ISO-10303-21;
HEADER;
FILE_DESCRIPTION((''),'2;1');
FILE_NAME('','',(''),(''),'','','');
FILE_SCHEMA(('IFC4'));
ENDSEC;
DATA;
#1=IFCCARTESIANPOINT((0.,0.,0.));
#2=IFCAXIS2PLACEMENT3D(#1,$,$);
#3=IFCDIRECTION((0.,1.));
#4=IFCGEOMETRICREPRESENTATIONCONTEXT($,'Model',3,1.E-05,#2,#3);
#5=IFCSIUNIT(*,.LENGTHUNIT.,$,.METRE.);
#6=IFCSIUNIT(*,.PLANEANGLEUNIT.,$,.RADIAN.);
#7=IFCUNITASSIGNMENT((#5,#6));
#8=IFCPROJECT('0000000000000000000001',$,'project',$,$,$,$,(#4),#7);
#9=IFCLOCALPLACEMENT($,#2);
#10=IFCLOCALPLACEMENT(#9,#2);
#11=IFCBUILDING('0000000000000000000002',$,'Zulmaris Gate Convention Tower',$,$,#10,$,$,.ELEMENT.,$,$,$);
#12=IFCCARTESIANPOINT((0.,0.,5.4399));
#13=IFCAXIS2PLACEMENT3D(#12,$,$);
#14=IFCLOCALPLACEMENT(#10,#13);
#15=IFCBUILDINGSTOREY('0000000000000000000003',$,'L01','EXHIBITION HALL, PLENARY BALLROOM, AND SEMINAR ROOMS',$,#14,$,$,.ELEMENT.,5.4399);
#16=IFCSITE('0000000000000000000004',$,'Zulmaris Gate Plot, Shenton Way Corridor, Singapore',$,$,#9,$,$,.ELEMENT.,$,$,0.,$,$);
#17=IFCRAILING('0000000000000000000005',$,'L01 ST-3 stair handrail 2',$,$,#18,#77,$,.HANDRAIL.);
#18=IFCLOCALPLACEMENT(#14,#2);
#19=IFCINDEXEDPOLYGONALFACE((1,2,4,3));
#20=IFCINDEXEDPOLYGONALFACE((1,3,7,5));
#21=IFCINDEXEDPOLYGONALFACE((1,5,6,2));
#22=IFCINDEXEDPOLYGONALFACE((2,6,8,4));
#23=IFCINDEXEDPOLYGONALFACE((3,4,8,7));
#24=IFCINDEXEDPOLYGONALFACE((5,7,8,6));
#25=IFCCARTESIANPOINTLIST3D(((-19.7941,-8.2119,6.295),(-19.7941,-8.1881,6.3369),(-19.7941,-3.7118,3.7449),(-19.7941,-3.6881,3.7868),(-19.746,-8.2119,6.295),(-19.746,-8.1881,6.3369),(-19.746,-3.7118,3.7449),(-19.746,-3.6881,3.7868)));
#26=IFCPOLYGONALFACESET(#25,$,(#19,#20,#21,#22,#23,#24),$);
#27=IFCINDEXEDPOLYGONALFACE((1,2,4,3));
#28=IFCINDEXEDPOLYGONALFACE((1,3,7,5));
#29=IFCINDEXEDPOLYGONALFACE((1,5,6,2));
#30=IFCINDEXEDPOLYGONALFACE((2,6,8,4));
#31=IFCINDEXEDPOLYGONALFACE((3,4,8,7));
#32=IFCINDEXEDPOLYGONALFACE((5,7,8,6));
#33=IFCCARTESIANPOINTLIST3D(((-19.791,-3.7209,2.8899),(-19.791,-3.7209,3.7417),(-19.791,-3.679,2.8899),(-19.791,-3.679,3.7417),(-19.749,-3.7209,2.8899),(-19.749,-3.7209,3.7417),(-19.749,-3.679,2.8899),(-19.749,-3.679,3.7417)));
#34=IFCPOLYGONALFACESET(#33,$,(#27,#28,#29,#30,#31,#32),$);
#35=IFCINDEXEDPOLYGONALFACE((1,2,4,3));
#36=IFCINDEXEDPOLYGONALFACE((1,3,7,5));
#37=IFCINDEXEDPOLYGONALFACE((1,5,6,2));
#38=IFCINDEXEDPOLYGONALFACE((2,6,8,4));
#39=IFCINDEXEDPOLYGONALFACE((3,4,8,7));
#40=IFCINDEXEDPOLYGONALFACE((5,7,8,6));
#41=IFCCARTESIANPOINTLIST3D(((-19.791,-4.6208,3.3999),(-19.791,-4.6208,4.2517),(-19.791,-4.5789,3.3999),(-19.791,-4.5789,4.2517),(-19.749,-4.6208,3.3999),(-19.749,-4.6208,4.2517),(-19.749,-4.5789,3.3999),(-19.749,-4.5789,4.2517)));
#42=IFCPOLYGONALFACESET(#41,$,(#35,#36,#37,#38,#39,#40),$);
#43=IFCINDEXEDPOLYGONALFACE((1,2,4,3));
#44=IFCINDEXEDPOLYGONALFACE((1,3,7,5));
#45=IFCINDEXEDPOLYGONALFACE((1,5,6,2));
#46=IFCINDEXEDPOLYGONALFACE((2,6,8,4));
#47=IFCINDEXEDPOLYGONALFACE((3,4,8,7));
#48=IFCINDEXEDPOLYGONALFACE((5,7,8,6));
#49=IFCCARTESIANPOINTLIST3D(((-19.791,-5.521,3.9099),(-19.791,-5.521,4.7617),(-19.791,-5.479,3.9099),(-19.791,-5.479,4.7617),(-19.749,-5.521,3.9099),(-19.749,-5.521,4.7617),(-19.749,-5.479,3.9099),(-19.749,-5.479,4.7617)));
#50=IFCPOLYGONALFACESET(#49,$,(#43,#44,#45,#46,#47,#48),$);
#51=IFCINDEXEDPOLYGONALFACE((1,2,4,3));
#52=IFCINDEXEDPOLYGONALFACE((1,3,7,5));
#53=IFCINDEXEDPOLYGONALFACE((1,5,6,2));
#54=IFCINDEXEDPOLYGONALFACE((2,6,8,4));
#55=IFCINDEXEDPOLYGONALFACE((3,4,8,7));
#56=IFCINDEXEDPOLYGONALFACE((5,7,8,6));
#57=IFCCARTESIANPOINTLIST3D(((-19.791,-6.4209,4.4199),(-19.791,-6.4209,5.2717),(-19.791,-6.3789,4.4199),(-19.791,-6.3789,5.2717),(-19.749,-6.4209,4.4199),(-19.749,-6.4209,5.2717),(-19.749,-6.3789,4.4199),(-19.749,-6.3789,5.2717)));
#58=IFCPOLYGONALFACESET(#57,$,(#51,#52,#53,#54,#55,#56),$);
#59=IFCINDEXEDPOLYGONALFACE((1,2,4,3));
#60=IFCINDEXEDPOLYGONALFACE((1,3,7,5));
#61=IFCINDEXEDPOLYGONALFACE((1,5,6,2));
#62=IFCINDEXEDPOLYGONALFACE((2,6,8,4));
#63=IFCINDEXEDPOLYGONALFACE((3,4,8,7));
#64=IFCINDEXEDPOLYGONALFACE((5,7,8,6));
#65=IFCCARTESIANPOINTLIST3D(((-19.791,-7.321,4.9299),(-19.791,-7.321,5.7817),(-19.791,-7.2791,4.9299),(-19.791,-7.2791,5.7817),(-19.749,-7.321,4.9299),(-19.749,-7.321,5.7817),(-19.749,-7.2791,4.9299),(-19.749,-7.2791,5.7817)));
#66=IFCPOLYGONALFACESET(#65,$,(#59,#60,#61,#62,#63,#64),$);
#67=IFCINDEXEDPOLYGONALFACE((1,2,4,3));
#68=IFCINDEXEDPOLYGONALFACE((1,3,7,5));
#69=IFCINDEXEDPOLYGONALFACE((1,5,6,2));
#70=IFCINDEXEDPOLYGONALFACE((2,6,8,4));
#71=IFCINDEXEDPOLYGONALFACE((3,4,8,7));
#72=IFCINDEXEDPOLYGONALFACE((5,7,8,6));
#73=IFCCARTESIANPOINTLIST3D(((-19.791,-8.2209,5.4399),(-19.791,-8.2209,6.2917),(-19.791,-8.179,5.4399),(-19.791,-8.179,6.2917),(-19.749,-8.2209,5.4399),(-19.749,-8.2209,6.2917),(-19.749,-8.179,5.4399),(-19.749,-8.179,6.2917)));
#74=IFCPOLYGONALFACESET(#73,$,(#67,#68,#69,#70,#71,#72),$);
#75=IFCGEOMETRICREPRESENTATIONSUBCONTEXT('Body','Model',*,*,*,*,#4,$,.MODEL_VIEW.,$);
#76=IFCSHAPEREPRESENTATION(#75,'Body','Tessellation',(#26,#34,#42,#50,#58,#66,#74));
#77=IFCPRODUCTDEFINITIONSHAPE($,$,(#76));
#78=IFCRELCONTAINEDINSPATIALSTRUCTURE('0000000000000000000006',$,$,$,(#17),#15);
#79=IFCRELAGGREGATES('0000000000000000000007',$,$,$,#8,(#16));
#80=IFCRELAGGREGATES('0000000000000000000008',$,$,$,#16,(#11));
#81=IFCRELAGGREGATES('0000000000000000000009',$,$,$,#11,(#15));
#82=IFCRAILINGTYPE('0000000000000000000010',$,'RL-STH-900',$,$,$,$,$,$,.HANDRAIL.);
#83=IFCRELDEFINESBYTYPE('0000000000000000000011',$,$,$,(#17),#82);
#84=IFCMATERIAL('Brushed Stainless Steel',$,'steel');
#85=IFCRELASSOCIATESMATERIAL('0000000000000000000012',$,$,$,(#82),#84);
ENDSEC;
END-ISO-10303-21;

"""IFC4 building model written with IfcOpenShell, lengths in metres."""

from ifc_helpers import new_model, si_unit, direction, frame, origin, origin_2d, place, context, subcontext, project, spatial, rectangle, extrude, material, type_object, element, save


model = new_model("IFC4")

# Units and contexts
model_context = context("Model", 3, precision=1e-05, world=origin(), true_north=direction((0.0, 1.0)))
body_context = subcontext(model_context, "Body", "Model", "MODEL_VIEW")
ifc_project = project(units=[si_unit("LENGTHUNIT", "METRE"), si_unit("PLANEANGLEUNIT", "RADIAN")], contexts=[model_context])

# Site, building, storey
site_placement = place(None, origin())
site = spatial("IfcSite", under=ifc_project, at=site_placement, Name="Zulmaris Gate Plot, Shenton Way Corridor, Singapore", CompositionType="ELEMENT", RefElevation=0.0)
building_placement = place(site_placement, origin())
building = spatial("IfcBuilding", under=site, at=building_placement, Name="Zulmaris Gate Convention Tower", CompositionType="ELEMENT")
storey_placement = place(building_placement, frame((0.0, 0.0, 5.4399)))
storey = spatial("IfcBuildingStorey", under=building, at=storey_placement, Name="L01", Description="EXHIBITION HALL, PLENARY BALLROOM, AND SEMINAR ROOMS", CompositionType="ELEMENT", Elevation=5.4399)

# Shared definitions
ifc_material_1 = material(Name="Brushed Stainless Steel", Category="steel")

# Railing
railing_type_1 = type_object("IfcRailingType", Name="RL-STH-900", PredefinedType="HANDRAIL", material=ifc_material_1)
railing_1_placement = place(storey_placement, frame((-19.77, -3.7, 2.8899)))
element("IfcRailing", 1, at=railing_1_placement, inside=storey, type_object=railing_type_1, Name="L01 ST-3 stair handrail 2", PredefinedType="HANDRAIL", context=body_context, shape_type="SweptSolid", body=[
    extrude(rectangle(XDim=0.0481, YDim=0.0481, at=origin_2d()), frame((0.0, 0.0, 0.876), z_axis=(0.0, -0.870018, 0.49302), x_axis=(1.0, 0.0, 0.0)), (0.0, 0.0, 1.0), 5.1724),
    extrude(rectangle(XDim=0.042, YDim=0.042, at=origin_2d()), origin(), (0.0, 0.0, 1.0), 0.8518),
    extrude(rectangle(XDim=0.042, YDim=0.042, at=origin_2d()), frame((0.0, -0.8999, 0.51)), (0.0, 0.0, 1.0), 0.8518),
    extrude(rectangle(XDim=0.042, YDim=0.042, at=origin_2d()), frame((0.0, -1.8, 1.02)), (0.0, 0.0, 1.0), 0.8518),
    extrude(rectangle(XDim=0.042, YDim=0.042, at=origin_2d()), frame((0.0, -2.7, 1.53)), (0.0, 0.0, 1.0), 0.8518),
    extrude(rectangle(XDim=0.042, YDim=0.042, at=origin_2d()), frame((0.0, -3.6001, 2.04)), (0.0, 0.0, 1.0), 0.8518),
    extrude(rectangle(XDim=0.042, YDim=0.042, at=origin_2d()), frame((0.0, -4.5, 2.55)), (0.0, 0.0, 1.0), 0.8518),
])

save(model, "model.ifc")
